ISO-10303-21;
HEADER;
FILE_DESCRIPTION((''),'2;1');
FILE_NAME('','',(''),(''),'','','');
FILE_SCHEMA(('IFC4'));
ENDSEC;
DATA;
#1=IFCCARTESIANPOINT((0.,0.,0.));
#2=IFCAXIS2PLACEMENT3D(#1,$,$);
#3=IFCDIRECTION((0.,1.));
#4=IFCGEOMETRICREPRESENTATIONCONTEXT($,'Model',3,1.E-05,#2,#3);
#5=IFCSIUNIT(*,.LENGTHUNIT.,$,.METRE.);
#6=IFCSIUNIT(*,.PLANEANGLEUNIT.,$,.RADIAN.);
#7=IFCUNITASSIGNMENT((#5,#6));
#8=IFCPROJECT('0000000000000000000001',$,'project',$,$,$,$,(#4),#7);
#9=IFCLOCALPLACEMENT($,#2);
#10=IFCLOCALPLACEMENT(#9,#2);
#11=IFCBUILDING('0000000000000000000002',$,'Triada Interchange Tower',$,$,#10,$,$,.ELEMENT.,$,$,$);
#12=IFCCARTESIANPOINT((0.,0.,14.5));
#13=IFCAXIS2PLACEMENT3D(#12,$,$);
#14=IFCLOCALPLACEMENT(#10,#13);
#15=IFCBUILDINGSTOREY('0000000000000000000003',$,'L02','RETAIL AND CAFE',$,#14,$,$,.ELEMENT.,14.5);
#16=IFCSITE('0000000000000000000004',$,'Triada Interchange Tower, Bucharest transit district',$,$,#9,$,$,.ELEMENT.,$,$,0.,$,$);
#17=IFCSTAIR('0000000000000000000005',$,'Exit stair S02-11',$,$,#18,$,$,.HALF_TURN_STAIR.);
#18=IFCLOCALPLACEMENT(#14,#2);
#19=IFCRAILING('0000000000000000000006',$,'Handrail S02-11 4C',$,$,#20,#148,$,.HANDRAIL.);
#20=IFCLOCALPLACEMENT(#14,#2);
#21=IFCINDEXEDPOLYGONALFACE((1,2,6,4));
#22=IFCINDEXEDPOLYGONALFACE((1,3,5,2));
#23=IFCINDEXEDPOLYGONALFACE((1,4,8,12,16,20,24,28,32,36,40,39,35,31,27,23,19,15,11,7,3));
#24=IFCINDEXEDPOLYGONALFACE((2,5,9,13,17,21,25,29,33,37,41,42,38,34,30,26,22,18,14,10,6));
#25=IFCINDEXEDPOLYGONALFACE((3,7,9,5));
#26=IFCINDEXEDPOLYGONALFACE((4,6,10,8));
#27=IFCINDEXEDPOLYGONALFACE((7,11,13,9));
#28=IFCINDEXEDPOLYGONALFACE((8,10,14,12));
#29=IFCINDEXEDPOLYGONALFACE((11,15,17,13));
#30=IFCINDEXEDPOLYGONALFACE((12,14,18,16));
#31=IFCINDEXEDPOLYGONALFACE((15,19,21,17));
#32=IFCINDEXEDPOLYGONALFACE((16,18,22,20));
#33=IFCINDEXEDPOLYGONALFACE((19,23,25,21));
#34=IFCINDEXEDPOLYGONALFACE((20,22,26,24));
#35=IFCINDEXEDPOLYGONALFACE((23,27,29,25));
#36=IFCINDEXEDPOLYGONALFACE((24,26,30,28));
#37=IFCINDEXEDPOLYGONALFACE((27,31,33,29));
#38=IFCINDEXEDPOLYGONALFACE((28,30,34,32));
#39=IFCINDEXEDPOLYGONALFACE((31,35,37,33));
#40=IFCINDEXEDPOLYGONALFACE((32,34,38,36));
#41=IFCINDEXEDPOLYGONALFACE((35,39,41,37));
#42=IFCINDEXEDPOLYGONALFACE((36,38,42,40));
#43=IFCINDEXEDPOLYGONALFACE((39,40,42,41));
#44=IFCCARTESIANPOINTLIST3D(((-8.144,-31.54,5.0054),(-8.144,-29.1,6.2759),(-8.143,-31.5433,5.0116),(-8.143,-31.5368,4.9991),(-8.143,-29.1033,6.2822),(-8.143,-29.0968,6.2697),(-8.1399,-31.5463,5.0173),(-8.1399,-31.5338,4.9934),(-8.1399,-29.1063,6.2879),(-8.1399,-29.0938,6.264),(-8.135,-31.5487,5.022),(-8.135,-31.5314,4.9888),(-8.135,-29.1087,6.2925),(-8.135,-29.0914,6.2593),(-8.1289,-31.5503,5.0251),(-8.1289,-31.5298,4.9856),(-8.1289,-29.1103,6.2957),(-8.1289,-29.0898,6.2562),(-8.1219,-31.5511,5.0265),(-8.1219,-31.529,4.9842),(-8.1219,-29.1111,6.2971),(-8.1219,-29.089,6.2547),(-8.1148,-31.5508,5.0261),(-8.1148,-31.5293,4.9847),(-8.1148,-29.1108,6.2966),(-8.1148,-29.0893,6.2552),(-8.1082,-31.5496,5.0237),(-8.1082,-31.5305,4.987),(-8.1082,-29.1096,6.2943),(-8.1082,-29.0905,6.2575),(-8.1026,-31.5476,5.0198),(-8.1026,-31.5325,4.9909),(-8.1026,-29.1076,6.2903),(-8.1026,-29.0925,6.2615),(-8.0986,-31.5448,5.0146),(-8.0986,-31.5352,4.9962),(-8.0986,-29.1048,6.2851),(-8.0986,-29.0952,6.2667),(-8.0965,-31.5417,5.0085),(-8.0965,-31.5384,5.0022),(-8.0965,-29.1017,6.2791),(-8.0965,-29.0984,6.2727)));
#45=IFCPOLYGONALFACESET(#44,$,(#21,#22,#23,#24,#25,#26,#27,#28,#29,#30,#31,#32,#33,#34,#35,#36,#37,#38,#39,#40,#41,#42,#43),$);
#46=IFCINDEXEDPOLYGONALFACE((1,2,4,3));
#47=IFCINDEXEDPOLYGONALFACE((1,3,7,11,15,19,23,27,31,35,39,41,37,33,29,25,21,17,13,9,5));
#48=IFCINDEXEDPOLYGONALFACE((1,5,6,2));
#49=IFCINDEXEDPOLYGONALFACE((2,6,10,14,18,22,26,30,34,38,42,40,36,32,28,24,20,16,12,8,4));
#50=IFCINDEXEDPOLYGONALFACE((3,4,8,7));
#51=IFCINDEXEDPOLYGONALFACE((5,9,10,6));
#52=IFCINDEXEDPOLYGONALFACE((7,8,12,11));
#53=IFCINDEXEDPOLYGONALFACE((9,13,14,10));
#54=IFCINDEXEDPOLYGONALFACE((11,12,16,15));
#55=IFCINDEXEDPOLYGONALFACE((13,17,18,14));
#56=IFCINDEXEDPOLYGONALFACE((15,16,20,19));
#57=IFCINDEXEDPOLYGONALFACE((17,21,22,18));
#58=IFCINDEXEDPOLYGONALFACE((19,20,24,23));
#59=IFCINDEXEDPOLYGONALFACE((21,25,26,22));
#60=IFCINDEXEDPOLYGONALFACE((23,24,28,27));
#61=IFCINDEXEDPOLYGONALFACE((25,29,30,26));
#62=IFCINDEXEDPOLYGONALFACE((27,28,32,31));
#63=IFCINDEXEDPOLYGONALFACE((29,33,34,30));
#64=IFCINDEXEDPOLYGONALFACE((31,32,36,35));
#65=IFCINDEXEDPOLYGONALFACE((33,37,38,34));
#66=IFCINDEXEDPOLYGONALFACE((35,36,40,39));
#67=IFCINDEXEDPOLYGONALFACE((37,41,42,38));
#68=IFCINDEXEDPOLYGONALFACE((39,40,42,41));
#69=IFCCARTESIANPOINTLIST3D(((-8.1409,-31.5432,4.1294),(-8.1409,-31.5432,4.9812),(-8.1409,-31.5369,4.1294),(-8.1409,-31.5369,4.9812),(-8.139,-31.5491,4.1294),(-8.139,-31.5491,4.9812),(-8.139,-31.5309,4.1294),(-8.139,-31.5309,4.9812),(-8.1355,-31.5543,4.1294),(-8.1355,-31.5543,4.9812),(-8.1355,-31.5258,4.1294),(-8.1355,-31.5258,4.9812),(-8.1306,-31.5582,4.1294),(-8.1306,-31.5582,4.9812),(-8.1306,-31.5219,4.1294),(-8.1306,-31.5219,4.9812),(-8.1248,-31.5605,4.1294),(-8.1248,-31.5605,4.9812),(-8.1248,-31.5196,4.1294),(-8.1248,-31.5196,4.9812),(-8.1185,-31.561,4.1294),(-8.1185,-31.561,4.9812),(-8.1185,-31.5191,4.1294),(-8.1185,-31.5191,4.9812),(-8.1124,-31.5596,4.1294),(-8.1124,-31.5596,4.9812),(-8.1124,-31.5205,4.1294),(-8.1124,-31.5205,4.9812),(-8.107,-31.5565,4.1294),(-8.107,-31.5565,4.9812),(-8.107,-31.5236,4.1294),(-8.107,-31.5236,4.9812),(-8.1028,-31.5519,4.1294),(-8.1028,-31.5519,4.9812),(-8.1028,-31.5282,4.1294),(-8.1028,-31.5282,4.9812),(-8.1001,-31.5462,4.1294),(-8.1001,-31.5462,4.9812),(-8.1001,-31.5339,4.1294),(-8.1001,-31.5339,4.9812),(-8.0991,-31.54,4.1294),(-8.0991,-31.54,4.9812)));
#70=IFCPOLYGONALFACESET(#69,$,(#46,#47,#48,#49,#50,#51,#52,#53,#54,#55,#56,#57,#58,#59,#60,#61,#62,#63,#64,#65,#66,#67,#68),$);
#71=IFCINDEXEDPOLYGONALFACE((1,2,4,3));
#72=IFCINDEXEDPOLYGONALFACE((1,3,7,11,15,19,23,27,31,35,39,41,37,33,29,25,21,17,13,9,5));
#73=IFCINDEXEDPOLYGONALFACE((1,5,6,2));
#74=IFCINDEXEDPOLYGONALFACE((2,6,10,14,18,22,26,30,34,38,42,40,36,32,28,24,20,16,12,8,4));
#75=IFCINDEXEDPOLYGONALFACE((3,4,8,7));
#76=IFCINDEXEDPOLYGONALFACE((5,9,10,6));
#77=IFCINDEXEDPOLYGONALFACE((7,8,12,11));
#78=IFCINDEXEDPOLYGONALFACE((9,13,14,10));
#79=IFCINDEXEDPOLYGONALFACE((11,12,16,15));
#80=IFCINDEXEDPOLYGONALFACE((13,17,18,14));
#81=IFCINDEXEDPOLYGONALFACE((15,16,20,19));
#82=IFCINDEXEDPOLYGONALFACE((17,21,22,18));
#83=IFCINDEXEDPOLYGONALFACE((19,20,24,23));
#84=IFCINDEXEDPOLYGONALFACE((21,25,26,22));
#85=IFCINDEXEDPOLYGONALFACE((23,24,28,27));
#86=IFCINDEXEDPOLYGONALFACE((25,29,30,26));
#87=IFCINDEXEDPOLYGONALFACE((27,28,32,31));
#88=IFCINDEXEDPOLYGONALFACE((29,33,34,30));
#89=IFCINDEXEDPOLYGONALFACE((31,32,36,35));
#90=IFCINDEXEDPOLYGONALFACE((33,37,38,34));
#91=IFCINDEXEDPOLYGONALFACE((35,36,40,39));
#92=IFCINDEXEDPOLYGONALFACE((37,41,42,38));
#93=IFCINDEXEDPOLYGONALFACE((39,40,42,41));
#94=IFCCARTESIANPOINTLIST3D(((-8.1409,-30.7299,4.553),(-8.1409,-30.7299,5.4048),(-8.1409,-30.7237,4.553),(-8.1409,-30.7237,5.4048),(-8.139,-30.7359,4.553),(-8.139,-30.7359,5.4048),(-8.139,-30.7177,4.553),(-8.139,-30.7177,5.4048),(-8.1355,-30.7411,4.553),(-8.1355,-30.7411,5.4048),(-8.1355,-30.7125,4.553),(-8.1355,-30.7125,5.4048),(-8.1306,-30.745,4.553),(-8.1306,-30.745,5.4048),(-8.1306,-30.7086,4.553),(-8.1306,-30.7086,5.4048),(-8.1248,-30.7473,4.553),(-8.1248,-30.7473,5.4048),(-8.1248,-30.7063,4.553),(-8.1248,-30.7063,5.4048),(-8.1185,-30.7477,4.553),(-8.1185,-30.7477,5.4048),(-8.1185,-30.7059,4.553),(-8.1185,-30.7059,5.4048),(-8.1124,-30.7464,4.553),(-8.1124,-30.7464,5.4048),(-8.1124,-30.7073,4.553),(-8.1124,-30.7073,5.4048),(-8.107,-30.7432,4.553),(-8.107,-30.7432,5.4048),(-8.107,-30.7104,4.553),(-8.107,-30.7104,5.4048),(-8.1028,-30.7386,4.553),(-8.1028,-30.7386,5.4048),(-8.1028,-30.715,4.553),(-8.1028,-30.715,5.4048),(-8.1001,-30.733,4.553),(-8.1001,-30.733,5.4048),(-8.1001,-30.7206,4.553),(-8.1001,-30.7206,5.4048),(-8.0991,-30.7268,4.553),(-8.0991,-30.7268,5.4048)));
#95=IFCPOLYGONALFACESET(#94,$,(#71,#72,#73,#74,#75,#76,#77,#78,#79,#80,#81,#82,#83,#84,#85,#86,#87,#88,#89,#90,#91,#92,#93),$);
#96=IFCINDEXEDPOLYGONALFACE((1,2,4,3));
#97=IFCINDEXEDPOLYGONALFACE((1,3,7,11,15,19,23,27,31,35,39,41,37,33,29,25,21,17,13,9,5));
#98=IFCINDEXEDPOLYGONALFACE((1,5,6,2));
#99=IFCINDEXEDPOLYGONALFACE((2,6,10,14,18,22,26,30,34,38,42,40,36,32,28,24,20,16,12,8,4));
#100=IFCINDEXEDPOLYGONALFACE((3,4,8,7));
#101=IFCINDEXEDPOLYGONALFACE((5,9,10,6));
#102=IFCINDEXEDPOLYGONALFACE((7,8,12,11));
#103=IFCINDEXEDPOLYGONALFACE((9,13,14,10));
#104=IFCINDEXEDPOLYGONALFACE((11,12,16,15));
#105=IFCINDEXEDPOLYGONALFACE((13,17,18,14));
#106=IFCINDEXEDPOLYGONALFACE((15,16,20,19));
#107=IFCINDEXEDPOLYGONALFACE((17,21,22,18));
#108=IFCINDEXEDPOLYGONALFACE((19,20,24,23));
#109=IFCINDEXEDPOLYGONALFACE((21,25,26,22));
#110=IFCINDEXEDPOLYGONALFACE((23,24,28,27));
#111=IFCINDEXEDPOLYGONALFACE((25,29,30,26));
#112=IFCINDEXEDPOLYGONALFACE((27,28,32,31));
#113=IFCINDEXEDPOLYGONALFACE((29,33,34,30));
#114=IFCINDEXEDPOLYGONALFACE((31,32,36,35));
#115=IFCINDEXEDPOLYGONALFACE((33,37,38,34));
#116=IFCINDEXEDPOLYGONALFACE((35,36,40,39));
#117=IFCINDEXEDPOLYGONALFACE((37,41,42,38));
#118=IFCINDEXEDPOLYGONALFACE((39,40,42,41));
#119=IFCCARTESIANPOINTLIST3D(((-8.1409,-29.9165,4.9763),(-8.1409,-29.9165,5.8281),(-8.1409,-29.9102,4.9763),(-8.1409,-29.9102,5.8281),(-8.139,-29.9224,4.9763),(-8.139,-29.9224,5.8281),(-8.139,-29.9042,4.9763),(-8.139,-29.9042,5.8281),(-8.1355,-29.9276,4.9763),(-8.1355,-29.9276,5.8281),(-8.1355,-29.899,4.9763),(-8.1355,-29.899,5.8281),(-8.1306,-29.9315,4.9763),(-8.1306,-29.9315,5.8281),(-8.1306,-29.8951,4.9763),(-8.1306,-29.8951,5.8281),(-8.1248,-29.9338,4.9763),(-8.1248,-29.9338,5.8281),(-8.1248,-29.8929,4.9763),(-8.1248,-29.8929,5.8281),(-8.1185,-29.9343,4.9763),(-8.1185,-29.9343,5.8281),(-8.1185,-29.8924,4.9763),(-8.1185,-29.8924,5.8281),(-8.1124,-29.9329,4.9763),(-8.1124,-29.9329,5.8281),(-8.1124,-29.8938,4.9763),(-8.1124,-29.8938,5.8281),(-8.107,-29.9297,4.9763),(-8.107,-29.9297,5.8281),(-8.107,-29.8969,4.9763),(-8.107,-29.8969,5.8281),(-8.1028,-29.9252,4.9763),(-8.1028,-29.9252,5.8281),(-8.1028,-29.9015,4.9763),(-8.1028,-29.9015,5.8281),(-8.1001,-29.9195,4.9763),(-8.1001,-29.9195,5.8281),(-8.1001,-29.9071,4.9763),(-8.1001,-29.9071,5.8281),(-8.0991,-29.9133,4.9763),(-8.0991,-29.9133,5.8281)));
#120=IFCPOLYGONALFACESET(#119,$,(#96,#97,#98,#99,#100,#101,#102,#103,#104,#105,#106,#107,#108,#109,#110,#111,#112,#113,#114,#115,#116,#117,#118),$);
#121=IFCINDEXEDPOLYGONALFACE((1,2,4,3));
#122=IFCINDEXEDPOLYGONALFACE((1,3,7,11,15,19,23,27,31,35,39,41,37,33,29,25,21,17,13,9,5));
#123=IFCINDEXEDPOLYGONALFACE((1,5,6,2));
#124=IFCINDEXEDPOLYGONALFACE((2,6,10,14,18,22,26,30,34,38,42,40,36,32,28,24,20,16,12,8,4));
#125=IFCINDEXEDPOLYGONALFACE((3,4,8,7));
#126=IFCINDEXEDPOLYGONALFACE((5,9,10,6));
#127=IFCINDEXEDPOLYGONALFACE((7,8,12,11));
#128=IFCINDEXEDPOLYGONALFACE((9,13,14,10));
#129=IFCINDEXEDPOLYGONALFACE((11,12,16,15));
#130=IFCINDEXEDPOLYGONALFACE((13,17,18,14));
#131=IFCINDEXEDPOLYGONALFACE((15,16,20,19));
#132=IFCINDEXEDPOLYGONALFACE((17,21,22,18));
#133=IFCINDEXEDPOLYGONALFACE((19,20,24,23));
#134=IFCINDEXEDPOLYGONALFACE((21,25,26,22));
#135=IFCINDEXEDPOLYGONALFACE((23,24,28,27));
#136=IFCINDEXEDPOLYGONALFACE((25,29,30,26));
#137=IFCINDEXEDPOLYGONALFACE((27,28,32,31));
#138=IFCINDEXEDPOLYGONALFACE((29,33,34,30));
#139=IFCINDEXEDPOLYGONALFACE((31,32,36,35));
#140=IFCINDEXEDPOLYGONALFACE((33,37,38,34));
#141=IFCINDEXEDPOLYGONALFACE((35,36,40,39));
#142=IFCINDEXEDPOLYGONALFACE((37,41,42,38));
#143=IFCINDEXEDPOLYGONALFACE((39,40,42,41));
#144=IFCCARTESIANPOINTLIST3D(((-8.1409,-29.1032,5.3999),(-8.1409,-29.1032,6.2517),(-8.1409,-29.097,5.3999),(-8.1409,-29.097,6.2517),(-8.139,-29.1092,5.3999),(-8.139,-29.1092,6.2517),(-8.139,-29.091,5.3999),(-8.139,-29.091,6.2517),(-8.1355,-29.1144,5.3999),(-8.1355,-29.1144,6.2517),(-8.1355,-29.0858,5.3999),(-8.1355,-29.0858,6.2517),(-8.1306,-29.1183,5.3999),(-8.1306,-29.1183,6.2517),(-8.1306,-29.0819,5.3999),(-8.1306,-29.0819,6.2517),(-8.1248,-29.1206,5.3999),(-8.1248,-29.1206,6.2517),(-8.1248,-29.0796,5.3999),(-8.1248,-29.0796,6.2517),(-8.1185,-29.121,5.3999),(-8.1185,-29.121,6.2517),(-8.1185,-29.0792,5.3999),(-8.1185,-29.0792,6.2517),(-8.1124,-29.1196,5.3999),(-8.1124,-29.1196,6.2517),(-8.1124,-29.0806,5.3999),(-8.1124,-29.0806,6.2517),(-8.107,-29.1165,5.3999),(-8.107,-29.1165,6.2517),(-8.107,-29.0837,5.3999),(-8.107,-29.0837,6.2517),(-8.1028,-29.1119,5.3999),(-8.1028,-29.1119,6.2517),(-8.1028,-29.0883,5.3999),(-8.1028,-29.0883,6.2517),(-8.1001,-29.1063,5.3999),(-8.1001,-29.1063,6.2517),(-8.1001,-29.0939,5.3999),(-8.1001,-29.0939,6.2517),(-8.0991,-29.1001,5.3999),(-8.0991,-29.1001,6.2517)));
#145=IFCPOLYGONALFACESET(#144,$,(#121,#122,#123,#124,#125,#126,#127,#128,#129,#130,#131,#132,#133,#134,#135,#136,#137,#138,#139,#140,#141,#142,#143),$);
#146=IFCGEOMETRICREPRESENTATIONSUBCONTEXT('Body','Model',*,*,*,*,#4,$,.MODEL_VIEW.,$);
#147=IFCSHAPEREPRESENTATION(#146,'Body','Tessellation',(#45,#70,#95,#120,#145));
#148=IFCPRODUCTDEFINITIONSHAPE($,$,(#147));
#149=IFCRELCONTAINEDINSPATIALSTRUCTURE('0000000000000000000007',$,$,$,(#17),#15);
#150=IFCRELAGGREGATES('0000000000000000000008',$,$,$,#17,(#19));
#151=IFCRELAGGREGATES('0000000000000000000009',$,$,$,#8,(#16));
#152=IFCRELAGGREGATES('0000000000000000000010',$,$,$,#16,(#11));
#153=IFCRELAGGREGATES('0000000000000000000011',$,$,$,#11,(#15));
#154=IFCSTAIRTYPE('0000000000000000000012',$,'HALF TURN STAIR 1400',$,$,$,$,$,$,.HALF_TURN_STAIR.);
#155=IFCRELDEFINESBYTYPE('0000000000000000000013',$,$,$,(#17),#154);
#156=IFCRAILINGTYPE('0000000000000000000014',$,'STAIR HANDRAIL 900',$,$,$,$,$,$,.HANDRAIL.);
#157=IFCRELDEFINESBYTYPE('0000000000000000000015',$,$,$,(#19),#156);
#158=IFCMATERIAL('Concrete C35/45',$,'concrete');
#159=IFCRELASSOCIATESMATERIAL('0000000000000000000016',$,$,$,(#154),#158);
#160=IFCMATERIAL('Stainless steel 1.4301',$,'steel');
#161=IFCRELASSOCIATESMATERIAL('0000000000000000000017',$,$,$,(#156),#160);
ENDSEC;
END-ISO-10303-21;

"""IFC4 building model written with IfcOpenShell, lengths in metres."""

from ifc_helpers import new_model, si_unit, direction, frame, origin, origin_2d, place, context, subcontext, project, spatial, circle, extrude, material, type_object, element, aggregate, save


model = new_model("IFC4")

# Units and contexts
model_context = context("Model", 3, precision=1e-05, world=origin(), true_north=direction((0.0, 1.0)))
body_context = subcontext(model_context, "Body", "Model", "MODEL_VIEW")
ifc_project = project(units=[si_unit("LENGTHUNIT", "METRE"), si_unit("PLANEANGLEUNIT", "RADIAN")], contexts=[model_context])

# Site, building, storey
site_placement = place(None, origin())
site = spatial("IfcSite", under=ifc_project, at=site_placement, Name="Triada Interchange Tower, Bucharest transit district", CompositionType="ELEMENT", RefElevation=0.0)
building_placement = place(site_placement, origin())
building = spatial("IfcBuilding", under=site, at=building_placement, Name="Triada Interchange Tower", CompositionType="ELEMENT")
storey_placement = place(building_placement, frame((0.0, 0.0, 14.5)))
storey = spatial("IfcBuildingStorey", under=building, at=storey_placement, Name="L02", Description="RETAIL AND CAFE", CompositionType="ELEMENT", Elevation=14.5)

# Shared definitions
ifc_material_1 = material(Name="Concrete C35/45", Category="concrete")

# Stair
stair_type = type_object("IfcStairType", Name="HALF TURN STAIR 1400", PredefinedType="HALF_TURN_STAIR", material=ifc_material_1)
stair_placement = place(storey_placement, origin())
stair = element("IfcStair", 1, at=stair_placement, inside=storey, type_object=stair_type, Name="Exit stair S02-11", PredefinedType="HALF_TURN_STAIR")

# Railing
ifc_material_2 = material(Name="Stainless steel 1.4301", Category="steel")
railing_type_1 = type_object("IfcRailingType", Name="STAIR HANDRAIL 900", PredefinedType="HANDRAIL", material=ifc_material_2)
railing_1_placement = place(storey_placement, frame((-8.1201, -31.54, 4.1294)))
railing_1 = element("IfcRailing", 2, at=railing_1_placement, type_object=railing_type_1, Name="Handrail S02-11 4C", PredefinedType="HANDRAIL", context=body_context, shape_type="SweptSolid", body=[
    extrude(circle(Radius=0.0239, at=origin_2d()), frame((0.0, 0.0, 0.876), z_axis=(0.0, 0.886958, 0.46185), x_axis=(-1.0, 0.0, 0.0)), (0.0, 0.0, 1.0), 2.751),
    extrude(circle(Radius=0.021, at=origin_2d()), origin(), (0.0, 0.0, 1.0), 0.8518),
    extrude(circle(Radius=0.021, at=origin_2d()), frame((0.0, 0.8132, 0.4236)), (0.0, 0.0, 1.0), 0.8518),
    extrude(circle(Radius=0.021, at=origin_2d()), frame((0.0, 1.6267, 0.8469)), (0.0, 0.0, 1.0), 0.8518),
    extrude(circle(Radius=0.021, at=origin_2d()), frame((0.0, 2.4399, 1.2705)), (0.0, 0.0, 1.0), 0.8518),
])
aggregate(stair, [railing_1])

save(model, "model.ifc")
